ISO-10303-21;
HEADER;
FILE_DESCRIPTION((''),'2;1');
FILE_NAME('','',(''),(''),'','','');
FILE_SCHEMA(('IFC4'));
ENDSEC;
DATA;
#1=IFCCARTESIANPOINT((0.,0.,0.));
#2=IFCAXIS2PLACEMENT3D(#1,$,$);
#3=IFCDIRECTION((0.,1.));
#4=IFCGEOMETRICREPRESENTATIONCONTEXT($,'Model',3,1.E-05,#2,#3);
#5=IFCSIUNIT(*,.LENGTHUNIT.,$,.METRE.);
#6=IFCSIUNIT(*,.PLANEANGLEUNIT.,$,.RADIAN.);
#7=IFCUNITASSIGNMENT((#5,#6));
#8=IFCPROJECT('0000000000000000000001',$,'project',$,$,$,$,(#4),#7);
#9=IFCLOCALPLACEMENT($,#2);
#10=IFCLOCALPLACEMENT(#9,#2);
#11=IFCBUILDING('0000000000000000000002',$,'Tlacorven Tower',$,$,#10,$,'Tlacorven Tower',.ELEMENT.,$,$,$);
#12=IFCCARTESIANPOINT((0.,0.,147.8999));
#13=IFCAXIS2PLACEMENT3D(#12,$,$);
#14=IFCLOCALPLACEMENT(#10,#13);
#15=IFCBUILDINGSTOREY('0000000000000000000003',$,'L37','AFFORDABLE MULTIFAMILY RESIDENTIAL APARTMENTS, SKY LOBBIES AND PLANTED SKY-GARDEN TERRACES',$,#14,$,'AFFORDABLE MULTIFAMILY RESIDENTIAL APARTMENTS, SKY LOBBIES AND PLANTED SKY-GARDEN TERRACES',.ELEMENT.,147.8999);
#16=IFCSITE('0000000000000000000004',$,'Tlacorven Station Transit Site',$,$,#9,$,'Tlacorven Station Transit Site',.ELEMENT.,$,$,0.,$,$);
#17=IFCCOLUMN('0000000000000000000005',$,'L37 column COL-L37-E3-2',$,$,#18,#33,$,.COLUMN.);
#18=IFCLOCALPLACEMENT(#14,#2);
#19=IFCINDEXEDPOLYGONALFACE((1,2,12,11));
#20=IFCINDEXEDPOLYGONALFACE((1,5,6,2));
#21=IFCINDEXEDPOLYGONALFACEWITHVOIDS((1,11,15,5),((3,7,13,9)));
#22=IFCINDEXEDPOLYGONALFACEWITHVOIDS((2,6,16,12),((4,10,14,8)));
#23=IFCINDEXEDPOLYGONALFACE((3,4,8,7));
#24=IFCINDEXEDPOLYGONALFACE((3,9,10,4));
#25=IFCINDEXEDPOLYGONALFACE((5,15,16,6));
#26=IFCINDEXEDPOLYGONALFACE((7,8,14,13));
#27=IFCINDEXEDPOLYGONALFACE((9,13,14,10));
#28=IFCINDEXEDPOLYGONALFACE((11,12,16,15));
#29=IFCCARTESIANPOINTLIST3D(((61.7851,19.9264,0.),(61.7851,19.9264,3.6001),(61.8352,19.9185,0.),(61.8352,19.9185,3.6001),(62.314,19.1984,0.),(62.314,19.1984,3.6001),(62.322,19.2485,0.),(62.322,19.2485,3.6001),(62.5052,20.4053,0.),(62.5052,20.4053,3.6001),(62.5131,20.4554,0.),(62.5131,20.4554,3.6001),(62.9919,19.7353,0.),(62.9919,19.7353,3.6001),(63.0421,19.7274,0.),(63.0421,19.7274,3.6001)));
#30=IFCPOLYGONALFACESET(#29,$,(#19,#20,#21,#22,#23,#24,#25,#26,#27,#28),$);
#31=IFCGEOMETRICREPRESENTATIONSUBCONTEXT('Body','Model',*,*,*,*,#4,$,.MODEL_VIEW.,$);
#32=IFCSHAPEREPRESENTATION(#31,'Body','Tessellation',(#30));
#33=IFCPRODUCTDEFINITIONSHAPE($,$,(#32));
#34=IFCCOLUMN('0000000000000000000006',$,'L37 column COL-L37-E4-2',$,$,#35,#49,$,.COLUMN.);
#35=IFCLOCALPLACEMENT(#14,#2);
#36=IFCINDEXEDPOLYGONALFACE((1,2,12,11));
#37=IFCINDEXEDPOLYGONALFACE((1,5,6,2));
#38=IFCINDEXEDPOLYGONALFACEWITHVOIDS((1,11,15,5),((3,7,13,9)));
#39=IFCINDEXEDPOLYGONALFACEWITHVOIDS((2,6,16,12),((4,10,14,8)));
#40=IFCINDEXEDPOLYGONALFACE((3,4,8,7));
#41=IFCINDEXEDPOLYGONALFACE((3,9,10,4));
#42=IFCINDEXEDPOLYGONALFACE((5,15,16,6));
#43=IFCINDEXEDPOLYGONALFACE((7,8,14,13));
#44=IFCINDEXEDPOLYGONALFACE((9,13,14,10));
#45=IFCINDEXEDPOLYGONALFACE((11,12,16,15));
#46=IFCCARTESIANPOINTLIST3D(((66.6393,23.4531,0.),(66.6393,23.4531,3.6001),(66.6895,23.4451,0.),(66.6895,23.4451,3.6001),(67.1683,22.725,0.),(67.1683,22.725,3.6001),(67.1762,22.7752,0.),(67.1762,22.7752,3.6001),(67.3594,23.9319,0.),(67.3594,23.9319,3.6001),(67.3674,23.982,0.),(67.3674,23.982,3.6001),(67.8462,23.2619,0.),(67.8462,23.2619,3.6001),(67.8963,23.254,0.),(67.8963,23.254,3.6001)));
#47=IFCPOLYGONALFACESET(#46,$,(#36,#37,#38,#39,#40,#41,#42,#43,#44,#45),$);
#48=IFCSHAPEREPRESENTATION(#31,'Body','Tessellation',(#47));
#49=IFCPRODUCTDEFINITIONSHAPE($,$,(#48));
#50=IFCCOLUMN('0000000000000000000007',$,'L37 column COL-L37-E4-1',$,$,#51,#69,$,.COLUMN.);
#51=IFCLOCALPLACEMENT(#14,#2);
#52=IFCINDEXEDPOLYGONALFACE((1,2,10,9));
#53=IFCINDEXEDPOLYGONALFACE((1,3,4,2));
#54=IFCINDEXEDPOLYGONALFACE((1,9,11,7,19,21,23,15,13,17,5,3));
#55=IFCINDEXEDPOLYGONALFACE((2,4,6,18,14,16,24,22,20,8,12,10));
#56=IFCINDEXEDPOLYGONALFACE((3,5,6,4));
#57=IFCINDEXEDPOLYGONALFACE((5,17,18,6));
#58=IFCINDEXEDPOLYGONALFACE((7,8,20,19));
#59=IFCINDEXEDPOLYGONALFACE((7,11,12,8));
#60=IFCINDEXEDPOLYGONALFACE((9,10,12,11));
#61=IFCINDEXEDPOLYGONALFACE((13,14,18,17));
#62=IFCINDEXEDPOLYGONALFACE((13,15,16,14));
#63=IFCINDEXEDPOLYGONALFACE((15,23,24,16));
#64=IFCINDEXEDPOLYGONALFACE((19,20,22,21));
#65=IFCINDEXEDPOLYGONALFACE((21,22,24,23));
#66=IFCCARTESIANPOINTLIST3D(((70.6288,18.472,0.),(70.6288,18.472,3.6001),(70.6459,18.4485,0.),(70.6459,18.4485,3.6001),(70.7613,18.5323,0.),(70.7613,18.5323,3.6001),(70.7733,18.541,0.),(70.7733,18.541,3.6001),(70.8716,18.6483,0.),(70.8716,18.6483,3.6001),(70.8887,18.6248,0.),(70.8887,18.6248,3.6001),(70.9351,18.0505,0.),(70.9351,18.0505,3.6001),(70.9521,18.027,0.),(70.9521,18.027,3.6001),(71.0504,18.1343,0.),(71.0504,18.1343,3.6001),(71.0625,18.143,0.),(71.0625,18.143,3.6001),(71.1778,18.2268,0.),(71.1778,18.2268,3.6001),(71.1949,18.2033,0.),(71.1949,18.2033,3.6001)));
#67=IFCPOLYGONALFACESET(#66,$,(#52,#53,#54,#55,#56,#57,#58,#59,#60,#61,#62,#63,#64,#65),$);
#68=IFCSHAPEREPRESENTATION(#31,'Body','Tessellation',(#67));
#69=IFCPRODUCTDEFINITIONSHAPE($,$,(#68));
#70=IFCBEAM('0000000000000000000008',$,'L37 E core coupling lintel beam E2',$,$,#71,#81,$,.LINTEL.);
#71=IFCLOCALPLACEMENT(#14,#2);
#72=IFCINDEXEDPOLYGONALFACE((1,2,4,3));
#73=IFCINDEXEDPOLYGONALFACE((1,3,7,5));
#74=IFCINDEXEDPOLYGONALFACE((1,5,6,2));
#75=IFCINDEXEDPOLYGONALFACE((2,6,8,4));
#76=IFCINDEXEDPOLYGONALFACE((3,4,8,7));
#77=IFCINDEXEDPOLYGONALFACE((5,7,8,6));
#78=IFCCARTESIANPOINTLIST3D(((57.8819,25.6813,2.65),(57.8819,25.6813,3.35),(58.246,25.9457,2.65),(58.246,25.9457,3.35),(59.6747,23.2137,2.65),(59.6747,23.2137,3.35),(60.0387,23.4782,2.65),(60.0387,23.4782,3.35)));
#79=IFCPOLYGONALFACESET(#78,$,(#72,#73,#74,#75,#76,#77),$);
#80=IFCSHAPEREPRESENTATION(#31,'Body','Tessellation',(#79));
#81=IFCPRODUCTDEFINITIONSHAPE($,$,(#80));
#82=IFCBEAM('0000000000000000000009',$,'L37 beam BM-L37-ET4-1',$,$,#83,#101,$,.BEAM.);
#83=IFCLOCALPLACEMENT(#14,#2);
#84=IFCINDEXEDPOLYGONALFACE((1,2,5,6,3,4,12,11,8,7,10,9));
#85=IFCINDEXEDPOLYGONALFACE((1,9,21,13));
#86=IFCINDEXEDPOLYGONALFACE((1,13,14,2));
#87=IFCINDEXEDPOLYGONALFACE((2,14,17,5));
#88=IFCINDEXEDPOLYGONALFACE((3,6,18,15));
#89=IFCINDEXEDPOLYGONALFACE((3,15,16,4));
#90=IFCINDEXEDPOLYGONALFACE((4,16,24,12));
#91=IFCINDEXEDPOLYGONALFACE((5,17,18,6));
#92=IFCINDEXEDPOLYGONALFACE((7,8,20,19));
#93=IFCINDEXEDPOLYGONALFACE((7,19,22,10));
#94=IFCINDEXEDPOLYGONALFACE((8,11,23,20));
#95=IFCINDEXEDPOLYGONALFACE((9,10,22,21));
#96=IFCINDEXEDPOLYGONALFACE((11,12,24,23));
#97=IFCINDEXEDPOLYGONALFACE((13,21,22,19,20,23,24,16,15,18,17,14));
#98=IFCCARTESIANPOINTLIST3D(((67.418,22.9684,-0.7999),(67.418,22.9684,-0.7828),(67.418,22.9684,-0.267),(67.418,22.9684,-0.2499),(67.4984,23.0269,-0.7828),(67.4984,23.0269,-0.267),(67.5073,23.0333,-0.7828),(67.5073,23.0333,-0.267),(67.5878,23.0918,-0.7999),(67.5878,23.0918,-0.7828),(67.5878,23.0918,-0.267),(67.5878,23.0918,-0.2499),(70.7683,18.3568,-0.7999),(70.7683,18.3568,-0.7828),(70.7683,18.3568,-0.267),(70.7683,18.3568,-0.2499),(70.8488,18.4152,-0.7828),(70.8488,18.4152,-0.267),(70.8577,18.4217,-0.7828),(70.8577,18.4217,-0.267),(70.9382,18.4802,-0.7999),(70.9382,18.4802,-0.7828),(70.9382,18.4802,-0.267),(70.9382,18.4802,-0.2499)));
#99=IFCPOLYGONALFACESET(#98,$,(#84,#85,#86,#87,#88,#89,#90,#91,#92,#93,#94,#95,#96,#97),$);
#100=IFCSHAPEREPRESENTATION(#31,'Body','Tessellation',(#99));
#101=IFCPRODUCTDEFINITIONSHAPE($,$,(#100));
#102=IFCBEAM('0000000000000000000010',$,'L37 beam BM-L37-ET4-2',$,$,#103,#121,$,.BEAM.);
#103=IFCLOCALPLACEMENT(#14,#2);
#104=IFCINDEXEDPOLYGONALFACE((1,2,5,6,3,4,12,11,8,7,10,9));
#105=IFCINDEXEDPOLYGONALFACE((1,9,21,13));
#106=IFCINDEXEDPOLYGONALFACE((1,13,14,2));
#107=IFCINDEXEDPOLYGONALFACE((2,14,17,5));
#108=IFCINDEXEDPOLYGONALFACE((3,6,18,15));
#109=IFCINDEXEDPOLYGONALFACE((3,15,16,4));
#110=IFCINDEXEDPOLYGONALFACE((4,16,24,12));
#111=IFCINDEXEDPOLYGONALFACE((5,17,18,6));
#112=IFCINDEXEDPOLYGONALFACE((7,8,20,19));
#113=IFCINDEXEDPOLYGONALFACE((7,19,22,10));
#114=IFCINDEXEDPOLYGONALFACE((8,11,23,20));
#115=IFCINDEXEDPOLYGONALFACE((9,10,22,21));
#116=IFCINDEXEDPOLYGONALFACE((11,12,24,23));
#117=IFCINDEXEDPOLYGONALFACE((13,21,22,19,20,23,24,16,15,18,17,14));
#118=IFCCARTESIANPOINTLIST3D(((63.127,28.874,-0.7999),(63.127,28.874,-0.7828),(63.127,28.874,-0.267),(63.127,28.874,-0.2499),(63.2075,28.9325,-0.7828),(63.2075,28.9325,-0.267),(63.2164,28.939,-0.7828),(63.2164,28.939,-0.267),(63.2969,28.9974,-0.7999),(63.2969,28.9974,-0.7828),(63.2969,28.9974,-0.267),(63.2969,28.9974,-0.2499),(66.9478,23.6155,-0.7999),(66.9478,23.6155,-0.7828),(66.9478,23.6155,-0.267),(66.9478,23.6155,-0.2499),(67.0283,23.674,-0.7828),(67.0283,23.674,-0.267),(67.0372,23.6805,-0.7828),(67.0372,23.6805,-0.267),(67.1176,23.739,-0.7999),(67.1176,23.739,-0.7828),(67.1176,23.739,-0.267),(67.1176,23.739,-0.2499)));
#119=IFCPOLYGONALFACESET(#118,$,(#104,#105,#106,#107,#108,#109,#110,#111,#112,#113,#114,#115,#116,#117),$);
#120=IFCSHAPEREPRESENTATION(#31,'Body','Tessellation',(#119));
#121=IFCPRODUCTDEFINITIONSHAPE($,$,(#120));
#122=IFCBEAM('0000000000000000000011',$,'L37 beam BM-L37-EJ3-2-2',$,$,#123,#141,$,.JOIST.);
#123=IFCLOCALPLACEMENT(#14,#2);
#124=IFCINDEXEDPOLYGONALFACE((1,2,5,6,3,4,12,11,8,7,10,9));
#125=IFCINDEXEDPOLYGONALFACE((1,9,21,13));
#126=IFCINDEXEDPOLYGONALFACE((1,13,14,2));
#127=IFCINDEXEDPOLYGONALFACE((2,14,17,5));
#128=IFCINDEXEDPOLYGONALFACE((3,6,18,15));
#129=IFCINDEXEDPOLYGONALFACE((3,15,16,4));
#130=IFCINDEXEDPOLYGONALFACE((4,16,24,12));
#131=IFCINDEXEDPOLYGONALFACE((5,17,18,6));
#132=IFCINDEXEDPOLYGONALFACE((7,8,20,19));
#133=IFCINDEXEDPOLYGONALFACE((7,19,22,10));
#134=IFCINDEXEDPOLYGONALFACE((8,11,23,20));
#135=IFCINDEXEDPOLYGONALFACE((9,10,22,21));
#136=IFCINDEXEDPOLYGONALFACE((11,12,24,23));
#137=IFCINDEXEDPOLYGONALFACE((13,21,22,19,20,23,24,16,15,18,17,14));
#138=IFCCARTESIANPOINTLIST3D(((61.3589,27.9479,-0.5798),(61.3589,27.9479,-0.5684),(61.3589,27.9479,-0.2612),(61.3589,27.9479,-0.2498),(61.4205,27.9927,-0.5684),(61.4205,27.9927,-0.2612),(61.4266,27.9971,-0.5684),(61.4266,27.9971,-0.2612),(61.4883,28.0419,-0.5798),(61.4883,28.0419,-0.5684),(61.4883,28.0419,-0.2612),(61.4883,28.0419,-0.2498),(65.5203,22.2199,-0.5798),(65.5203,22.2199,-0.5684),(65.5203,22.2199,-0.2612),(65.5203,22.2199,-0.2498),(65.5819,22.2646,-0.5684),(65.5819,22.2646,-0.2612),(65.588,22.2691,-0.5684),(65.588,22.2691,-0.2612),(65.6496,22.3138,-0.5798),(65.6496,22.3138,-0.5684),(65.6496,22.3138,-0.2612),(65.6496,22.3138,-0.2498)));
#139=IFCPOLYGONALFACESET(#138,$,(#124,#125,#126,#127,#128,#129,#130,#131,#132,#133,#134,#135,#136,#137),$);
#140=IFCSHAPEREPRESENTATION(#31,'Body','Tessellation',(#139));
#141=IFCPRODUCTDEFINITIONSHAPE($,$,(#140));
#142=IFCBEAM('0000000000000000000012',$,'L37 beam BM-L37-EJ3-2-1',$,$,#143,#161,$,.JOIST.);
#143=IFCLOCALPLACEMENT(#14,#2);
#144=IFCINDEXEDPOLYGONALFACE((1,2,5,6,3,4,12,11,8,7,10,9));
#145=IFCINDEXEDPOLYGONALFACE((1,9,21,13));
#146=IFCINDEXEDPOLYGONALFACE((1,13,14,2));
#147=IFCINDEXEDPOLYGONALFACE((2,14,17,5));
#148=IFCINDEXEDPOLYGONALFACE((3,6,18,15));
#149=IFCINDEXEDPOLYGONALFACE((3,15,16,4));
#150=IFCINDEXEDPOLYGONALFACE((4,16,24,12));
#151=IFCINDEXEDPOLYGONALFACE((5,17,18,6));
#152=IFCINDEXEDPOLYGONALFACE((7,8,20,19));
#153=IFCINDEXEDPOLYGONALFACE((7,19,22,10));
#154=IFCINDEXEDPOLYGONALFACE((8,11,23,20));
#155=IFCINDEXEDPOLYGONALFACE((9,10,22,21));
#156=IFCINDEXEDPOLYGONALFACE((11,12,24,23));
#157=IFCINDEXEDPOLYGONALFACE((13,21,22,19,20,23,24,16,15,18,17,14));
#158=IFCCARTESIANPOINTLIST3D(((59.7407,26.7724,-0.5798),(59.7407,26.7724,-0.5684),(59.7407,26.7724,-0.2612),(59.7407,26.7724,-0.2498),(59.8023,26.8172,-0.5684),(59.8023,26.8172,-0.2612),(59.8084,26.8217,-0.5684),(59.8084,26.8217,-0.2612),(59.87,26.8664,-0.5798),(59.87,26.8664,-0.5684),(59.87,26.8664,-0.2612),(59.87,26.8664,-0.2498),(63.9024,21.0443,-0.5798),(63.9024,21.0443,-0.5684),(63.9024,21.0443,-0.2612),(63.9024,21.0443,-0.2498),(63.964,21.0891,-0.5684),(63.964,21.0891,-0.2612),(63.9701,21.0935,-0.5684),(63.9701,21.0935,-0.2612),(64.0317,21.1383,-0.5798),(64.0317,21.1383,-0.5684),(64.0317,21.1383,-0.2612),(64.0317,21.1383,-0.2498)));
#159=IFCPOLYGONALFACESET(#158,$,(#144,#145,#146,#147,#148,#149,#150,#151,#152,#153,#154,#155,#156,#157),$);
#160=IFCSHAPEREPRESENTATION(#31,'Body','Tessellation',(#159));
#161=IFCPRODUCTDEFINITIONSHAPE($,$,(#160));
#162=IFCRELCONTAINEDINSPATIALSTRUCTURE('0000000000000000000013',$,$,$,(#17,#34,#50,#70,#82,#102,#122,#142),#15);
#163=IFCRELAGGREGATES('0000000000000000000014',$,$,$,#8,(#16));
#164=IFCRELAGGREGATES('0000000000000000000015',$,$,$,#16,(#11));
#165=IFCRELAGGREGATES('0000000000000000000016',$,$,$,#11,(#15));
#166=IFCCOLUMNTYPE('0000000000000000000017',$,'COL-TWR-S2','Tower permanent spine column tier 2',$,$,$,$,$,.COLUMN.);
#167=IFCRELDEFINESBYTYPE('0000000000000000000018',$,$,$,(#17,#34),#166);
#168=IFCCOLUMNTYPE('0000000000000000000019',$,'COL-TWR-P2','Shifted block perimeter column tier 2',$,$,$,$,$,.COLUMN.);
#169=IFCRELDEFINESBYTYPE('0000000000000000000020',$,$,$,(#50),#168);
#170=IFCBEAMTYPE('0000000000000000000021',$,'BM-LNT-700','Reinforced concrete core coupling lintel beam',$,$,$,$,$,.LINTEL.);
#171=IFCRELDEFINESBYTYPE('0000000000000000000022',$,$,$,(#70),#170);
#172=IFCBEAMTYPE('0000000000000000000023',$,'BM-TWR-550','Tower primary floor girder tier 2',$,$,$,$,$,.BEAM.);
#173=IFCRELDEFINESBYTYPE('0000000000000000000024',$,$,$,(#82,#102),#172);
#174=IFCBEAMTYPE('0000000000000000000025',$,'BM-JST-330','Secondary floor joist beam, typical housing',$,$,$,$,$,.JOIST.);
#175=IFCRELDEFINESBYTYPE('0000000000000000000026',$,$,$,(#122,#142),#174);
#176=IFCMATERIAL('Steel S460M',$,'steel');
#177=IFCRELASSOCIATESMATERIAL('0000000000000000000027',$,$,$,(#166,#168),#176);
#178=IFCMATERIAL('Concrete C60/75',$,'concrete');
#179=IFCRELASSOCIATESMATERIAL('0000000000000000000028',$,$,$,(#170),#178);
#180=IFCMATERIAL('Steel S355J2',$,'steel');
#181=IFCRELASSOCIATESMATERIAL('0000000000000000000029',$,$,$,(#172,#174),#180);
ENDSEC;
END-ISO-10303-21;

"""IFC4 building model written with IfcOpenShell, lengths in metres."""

from ifc_helpers import new_model, si_unit, direction, frame, origin, origin_2d, place, context, subcontext, project, spatial, rectangle, hollow_rectangle, i_section, extrude, source, transform, mapped, material, material_profile, profile_set, type_object, element, save


model = new_model("IFC4")

# Units and contexts
model_context = context("Model", 3, precision=1e-05, world=origin(), true_north=direction((0.0, 1.0)))
body_context = subcontext(model_context, "Body", "Model", "MODEL_VIEW")
ifc_project = project(units=[si_unit("LENGTHUNIT", "METRE"), si_unit("PLANEANGLEUNIT", "RADIAN")], contexts=[model_context])

# Site, building, storey
site_placement = place(None, origin())
site = spatial("IfcSite", under=ifc_project, at=site_placement, Name="Tlacorven Station Transit Site", LongName="Tlacorven Station Transit Site", CompositionType="ELEMENT", RefElevation=0.0)
building_placement = place(site_placement, origin())
building = spatial("IfcBuilding", under=site, at=building_placement, Name="Tlacorven Tower", LongName="Tlacorven Tower", CompositionType="ELEMENT")
storey_placement = place(building_placement, frame((0.0, 0.0, 147.8999)))
storey = spatial("IfcBuildingStorey", under=building, at=storey_placement, Name="L37", Description="AFFORDABLE MULTIFAMILY RESIDENTIAL APARTMENTS, SKY LOBBIES AND PLANTED SKY-GARDEN TERRACES", LongName="AFFORDABLE MULTIFAMILY RESIDENTIAL APARTMENTS, SKY LOBBIES AND PLANTED SKY-GARDEN TERRACES", CompositionType="ELEMENT", Elevation=147.8999)

# Columns
ifc_material_1 = material(Name="Steel S460M", Category="steel")
ifc_material_profile_1 = material_profile(ifc_material_1, hollow_rectangle(XDim=0.8999, YDim=0.8999, WallThickness=0.0359, at=origin_2d()), Name="BOX 900X900X36")
ifc_profile_set_1 = profile_set([ifc_material_profile_1], Name="Steel S460M")
column_type_1 = type_object("IfcColumnType", Name="COL-TWR-S2", Description="Tower permanent spine column tier 2", PredefinedType="COLUMN", material=ifc_profile_set_1)
shared_shape_1 = source(origin(), body_context, "Body", "SweptSolid", [
    extrude(hollow_rectangle(XDim=0.8999, YDim=0.8999, WallThickness=0.0359, at=origin_2d()), origin(), (0.0, 0.0, 1.0), 3.6001),
])
for number, where, z_axis, x_axis, name in (
    (1, (62.4136, 19.8269, 0.0), (0.0, 0.0, 1.0), (0.809017, 0.587785, 0.0), "L37 column COL-L37-E3-2"),
    (2, (67.2678, 23.3535, 0.0), (0.0, 0.0, 1.0), (0.809017, 0.587785, 0.0), "L37 column COL-L37-E4-2"),
):
    element("IfcColumn", number, at=place(storey_placement, frame(where, z_axis=z_axis, x_axis=x_axis)), inside=storey, type_object=column_type_1, Name=name, PredefinedType="COLUMN", context=body_context, shape_type="MappedRepresentation", body=[
        mapped(shared_shape_1, transform((0.0, 0.0, 0.0), scale=1.0)),
    ])
ifc_material_profile_2 = material_profile(ifc_material_1, i_section(OverallWidth=0.3, OverallDepth=0.55, WebThickness=0.0149, FlangeThickness=0.0291, at=origin_2d()), Name="HEB 550")
ifc_profile_set_2 = profile_set([ifc_material_profile_2], Name="Steel S460M")
column_type_2 = type_object("IfcColumnType", Name="COL-TWR-P2", Description="Shifted block perimeter column tier 2", PredefinedType="COLUMN", material=ifc_profile_set_2)
shared_shape_2 = source(origin(), body_context, "Body", "SweptSolid", [
    extrude(i_section(OverallWidth=0.3, OverallDepth=0.55, WebThickness=0.0149, FlangeThickness=0.0291, at=origin_2d()), origin(), (0.0, 0.0, 1.0), 3.6001),
])
column_placement = place(storey_placement, frame((70.9119, 18.3376, 0.0), z_axis=(0.0, 0.0, 1.0), x_axis=(0.809017, 0.587785, 0.0)))
element("IfcColumn", 3, at=column_placement, inside=storey, type_object=column_type_2, Name="L37 column COL-L37-E4-1", PredefinedType="COLUMN", context=body_context, shape_type="MappedRepresentation", body=[
    mapped(shared_shape_2, transform((0.0, 0.0, 0.0), scale=1.0)),
])

# Beams
ifc_material_2 = material(Name="Concrete C60/75", Category="concrete")
ifc_material_profile_3 = material_profile(ifc_material_2, rectangle(XDim=0.45, YDim=0.7, at=origin_2d()), Name="RC 450X700")
ifc_profile_set_3 = profile_set([ifc_material_profile_3], Name="Concrete C60/75")
beam_type_1 = type_object("IfcBeamType", Name="BM-LNT-700", Description="Reinforced concrete core coupling lintel beam", PredefinedType="LINTEL", material=ifc_profile_set_3)
shared_shape_3 = source(origin(), body_context, "Body", "SweptSolid", [
    extrude(rectangle(XDim=0.45, YDim=0.7, at=origin_2d()), origin(), (0.0, 0.0, 1.0), 3.05),
])
beam_1_placement = place(storey_placement, frame((59.8567, 23.3459, 3.0), z_axis=(-0.587777, 0.809023, 0.0), x_axis=(-0.809023, -0.587777, 0.0)))
element("IfcBeam", 4, at=beam_1_placement, inside=storey, type_object=beam_type_1, Name="L37 E core coupling lintel beam E2", PredefinedType="LINTEL", context=body_context, shape_type="MappedRepresentation", body=[
    mapped(shared_shape_3, transform((0.0, 0.0, 0.0), scale=1.0)),
])
ifc_material_3 = material(Name="Steel S355J2", Category="steel")
ifc_material_profile_4 = material_profile(ifc_material_3, i_section(OverallWidth=0.21, OverallDepth=0.55, WebThickness=0.011, FlangeThickness=0.0171, at=origin_2d()), Name="IPE 550")
ifc_profile_set_4 = profile_set([ifc_material_profile_4], Name="Steel S355J2")
beam_type_2 = type_object("IfcBeamType", Name="BM-TWR-550", Description="Tower primary floor girder tier 2", PredefinedType="BEAM", material=ifc_profile_set_4)
shared_shape_4 = source(origin(), body_context, "Body", "SweptSolid", [
    extrude(i_section(OverallWidth=0.21, OverallDepth=0.55, WebThickness=0.011, FlangeThickness=0.0171, at=origin_2d()), origin(), (0.0, 0.0, 1.0), 5.7002),
])
beam_2_placement = place(storey_placement, frame((70.8533, 18.4185, -0.5249), z_axis=(-0.587767, 0.80903, 0.0), x_axis=(-0.80903, -0.587767, 0.0)))
element("IfcBeam", 5, at=beam_2_placement, inside=storey, type_object=beam_type_2, Name="L37 beam BM-L37-ET4-1", PredefinedType="BEAM", context=body_context, shape_type="MappedRepresentation", body=[
    mapped(shared_shape_4, transform((0.0, 0.0, 0.0), scale=1.0)),
])
shared_shape_5 = source(origin(), body_context, "Body", "SweptSolid", [
    extrude(i_section(OverallWidth=0.21, OverallDepth=0.55, WebThickness=0.011, FlangeThickness=0.0171, at=origin_2d()), origin(), (0.0, 0.0, 1.0), 6.5),
])
beam_3_placement = place(storey_placement, frame((67.0327, 23.6772, -0.5249), z_axis=(-0.58781, 0.808999, 0.0), x_axis=(-0.808999, -0.58781, 0.0)))
element("IfcBeam", 6, at=beam_3_placement, inside=storey, type_object=beam_type_2, Name="L37 beam BM-L37-ET4-2", PredefinedType="BEAM", context=body_context, shape_type="MappedRepresentation", body=[
    mapped(shared_shape_5, transform((0.0, 0.0, 0.0), scale=1.0)),
])
ifc_material_profile_5 = material_profile(ifc_material_3, i_section(OverallWidth=0.1599, OverallDepth=0.3301, WebThickness=0.0076, FlangeThickness=0.0115, at=origin_2d()), Name="IPE 330")
ifc_profile_set_5 = profile_set([ifc_material_profile_5], Name="Steel S355J2")
beam_type_3 = type_object("IfcBeamType", Name="BM-JST-330", Description="Secondary floor joist beam, typical housing", PredefinedType="JOIST", material=ifc_profile_set_5)
shared_shape_6 = source(origin(), body_context, "Body", "SweptSolid", [
    extrude(i_section(OverallWidth=0.1599, OverallDepth=0.3301, WebThickness=0.0076, FlangeThickness=0.0115, at=origin_2d()), origin(), (0.0, 0.0, 1.0), 7.0801),
])
beam_4_placement = place(storey_placement, frame((65.585, 22.2668, -0.4148), z_axis=(-0.58776, 0.809036, 0.0), x_axis=(-0.809036, -0.58776, 0.0)))
element("IfcBeam", 7, at=beam_4_placement, inside=storey, type_object=beam_type_3, Name="L37 beam BM-L37-EJ3-2-2", PredefinedType="JOIST", context=body_context, shape_type="MappedRepresentation", body=[
    mapped(shared_shape_6, transform((0.0, 0.0, 0.0), scale=1.0)),
])
shared_shape_7 = source(origin(), body_context, "Body", "SweptSolid", [
    extrude(i_section(OverallWidth=0.1599, OverallDepth=0.3301, WebThickness=0.0076, FlangeThickness=0.0115, at=origin_2d()), origin(), (0.0, 0.0, 1.0), 7.0803),
])
beam_5_placement = place(storey_placement, frame((63.967, 21.0913, -0.4148), z_axis=(-0.587782, 0.809019, 0.0), x_axis=(-0.809019, -0.587782, 0.0)))
element("IfcBeam", 8, at=beam_5_placement, inside=storey, type_object=beam_type_3, Name="L37 beam BM-L37-EJ3-2-1", PredefinedType="JOIST", context=body_context, shape_type="MappedRepresentation", body=[
    mapped(shared_shape_7, transform((0.0, 0.0, 0.0), scale=1.0)),
])

save(model, "model.ifc")
